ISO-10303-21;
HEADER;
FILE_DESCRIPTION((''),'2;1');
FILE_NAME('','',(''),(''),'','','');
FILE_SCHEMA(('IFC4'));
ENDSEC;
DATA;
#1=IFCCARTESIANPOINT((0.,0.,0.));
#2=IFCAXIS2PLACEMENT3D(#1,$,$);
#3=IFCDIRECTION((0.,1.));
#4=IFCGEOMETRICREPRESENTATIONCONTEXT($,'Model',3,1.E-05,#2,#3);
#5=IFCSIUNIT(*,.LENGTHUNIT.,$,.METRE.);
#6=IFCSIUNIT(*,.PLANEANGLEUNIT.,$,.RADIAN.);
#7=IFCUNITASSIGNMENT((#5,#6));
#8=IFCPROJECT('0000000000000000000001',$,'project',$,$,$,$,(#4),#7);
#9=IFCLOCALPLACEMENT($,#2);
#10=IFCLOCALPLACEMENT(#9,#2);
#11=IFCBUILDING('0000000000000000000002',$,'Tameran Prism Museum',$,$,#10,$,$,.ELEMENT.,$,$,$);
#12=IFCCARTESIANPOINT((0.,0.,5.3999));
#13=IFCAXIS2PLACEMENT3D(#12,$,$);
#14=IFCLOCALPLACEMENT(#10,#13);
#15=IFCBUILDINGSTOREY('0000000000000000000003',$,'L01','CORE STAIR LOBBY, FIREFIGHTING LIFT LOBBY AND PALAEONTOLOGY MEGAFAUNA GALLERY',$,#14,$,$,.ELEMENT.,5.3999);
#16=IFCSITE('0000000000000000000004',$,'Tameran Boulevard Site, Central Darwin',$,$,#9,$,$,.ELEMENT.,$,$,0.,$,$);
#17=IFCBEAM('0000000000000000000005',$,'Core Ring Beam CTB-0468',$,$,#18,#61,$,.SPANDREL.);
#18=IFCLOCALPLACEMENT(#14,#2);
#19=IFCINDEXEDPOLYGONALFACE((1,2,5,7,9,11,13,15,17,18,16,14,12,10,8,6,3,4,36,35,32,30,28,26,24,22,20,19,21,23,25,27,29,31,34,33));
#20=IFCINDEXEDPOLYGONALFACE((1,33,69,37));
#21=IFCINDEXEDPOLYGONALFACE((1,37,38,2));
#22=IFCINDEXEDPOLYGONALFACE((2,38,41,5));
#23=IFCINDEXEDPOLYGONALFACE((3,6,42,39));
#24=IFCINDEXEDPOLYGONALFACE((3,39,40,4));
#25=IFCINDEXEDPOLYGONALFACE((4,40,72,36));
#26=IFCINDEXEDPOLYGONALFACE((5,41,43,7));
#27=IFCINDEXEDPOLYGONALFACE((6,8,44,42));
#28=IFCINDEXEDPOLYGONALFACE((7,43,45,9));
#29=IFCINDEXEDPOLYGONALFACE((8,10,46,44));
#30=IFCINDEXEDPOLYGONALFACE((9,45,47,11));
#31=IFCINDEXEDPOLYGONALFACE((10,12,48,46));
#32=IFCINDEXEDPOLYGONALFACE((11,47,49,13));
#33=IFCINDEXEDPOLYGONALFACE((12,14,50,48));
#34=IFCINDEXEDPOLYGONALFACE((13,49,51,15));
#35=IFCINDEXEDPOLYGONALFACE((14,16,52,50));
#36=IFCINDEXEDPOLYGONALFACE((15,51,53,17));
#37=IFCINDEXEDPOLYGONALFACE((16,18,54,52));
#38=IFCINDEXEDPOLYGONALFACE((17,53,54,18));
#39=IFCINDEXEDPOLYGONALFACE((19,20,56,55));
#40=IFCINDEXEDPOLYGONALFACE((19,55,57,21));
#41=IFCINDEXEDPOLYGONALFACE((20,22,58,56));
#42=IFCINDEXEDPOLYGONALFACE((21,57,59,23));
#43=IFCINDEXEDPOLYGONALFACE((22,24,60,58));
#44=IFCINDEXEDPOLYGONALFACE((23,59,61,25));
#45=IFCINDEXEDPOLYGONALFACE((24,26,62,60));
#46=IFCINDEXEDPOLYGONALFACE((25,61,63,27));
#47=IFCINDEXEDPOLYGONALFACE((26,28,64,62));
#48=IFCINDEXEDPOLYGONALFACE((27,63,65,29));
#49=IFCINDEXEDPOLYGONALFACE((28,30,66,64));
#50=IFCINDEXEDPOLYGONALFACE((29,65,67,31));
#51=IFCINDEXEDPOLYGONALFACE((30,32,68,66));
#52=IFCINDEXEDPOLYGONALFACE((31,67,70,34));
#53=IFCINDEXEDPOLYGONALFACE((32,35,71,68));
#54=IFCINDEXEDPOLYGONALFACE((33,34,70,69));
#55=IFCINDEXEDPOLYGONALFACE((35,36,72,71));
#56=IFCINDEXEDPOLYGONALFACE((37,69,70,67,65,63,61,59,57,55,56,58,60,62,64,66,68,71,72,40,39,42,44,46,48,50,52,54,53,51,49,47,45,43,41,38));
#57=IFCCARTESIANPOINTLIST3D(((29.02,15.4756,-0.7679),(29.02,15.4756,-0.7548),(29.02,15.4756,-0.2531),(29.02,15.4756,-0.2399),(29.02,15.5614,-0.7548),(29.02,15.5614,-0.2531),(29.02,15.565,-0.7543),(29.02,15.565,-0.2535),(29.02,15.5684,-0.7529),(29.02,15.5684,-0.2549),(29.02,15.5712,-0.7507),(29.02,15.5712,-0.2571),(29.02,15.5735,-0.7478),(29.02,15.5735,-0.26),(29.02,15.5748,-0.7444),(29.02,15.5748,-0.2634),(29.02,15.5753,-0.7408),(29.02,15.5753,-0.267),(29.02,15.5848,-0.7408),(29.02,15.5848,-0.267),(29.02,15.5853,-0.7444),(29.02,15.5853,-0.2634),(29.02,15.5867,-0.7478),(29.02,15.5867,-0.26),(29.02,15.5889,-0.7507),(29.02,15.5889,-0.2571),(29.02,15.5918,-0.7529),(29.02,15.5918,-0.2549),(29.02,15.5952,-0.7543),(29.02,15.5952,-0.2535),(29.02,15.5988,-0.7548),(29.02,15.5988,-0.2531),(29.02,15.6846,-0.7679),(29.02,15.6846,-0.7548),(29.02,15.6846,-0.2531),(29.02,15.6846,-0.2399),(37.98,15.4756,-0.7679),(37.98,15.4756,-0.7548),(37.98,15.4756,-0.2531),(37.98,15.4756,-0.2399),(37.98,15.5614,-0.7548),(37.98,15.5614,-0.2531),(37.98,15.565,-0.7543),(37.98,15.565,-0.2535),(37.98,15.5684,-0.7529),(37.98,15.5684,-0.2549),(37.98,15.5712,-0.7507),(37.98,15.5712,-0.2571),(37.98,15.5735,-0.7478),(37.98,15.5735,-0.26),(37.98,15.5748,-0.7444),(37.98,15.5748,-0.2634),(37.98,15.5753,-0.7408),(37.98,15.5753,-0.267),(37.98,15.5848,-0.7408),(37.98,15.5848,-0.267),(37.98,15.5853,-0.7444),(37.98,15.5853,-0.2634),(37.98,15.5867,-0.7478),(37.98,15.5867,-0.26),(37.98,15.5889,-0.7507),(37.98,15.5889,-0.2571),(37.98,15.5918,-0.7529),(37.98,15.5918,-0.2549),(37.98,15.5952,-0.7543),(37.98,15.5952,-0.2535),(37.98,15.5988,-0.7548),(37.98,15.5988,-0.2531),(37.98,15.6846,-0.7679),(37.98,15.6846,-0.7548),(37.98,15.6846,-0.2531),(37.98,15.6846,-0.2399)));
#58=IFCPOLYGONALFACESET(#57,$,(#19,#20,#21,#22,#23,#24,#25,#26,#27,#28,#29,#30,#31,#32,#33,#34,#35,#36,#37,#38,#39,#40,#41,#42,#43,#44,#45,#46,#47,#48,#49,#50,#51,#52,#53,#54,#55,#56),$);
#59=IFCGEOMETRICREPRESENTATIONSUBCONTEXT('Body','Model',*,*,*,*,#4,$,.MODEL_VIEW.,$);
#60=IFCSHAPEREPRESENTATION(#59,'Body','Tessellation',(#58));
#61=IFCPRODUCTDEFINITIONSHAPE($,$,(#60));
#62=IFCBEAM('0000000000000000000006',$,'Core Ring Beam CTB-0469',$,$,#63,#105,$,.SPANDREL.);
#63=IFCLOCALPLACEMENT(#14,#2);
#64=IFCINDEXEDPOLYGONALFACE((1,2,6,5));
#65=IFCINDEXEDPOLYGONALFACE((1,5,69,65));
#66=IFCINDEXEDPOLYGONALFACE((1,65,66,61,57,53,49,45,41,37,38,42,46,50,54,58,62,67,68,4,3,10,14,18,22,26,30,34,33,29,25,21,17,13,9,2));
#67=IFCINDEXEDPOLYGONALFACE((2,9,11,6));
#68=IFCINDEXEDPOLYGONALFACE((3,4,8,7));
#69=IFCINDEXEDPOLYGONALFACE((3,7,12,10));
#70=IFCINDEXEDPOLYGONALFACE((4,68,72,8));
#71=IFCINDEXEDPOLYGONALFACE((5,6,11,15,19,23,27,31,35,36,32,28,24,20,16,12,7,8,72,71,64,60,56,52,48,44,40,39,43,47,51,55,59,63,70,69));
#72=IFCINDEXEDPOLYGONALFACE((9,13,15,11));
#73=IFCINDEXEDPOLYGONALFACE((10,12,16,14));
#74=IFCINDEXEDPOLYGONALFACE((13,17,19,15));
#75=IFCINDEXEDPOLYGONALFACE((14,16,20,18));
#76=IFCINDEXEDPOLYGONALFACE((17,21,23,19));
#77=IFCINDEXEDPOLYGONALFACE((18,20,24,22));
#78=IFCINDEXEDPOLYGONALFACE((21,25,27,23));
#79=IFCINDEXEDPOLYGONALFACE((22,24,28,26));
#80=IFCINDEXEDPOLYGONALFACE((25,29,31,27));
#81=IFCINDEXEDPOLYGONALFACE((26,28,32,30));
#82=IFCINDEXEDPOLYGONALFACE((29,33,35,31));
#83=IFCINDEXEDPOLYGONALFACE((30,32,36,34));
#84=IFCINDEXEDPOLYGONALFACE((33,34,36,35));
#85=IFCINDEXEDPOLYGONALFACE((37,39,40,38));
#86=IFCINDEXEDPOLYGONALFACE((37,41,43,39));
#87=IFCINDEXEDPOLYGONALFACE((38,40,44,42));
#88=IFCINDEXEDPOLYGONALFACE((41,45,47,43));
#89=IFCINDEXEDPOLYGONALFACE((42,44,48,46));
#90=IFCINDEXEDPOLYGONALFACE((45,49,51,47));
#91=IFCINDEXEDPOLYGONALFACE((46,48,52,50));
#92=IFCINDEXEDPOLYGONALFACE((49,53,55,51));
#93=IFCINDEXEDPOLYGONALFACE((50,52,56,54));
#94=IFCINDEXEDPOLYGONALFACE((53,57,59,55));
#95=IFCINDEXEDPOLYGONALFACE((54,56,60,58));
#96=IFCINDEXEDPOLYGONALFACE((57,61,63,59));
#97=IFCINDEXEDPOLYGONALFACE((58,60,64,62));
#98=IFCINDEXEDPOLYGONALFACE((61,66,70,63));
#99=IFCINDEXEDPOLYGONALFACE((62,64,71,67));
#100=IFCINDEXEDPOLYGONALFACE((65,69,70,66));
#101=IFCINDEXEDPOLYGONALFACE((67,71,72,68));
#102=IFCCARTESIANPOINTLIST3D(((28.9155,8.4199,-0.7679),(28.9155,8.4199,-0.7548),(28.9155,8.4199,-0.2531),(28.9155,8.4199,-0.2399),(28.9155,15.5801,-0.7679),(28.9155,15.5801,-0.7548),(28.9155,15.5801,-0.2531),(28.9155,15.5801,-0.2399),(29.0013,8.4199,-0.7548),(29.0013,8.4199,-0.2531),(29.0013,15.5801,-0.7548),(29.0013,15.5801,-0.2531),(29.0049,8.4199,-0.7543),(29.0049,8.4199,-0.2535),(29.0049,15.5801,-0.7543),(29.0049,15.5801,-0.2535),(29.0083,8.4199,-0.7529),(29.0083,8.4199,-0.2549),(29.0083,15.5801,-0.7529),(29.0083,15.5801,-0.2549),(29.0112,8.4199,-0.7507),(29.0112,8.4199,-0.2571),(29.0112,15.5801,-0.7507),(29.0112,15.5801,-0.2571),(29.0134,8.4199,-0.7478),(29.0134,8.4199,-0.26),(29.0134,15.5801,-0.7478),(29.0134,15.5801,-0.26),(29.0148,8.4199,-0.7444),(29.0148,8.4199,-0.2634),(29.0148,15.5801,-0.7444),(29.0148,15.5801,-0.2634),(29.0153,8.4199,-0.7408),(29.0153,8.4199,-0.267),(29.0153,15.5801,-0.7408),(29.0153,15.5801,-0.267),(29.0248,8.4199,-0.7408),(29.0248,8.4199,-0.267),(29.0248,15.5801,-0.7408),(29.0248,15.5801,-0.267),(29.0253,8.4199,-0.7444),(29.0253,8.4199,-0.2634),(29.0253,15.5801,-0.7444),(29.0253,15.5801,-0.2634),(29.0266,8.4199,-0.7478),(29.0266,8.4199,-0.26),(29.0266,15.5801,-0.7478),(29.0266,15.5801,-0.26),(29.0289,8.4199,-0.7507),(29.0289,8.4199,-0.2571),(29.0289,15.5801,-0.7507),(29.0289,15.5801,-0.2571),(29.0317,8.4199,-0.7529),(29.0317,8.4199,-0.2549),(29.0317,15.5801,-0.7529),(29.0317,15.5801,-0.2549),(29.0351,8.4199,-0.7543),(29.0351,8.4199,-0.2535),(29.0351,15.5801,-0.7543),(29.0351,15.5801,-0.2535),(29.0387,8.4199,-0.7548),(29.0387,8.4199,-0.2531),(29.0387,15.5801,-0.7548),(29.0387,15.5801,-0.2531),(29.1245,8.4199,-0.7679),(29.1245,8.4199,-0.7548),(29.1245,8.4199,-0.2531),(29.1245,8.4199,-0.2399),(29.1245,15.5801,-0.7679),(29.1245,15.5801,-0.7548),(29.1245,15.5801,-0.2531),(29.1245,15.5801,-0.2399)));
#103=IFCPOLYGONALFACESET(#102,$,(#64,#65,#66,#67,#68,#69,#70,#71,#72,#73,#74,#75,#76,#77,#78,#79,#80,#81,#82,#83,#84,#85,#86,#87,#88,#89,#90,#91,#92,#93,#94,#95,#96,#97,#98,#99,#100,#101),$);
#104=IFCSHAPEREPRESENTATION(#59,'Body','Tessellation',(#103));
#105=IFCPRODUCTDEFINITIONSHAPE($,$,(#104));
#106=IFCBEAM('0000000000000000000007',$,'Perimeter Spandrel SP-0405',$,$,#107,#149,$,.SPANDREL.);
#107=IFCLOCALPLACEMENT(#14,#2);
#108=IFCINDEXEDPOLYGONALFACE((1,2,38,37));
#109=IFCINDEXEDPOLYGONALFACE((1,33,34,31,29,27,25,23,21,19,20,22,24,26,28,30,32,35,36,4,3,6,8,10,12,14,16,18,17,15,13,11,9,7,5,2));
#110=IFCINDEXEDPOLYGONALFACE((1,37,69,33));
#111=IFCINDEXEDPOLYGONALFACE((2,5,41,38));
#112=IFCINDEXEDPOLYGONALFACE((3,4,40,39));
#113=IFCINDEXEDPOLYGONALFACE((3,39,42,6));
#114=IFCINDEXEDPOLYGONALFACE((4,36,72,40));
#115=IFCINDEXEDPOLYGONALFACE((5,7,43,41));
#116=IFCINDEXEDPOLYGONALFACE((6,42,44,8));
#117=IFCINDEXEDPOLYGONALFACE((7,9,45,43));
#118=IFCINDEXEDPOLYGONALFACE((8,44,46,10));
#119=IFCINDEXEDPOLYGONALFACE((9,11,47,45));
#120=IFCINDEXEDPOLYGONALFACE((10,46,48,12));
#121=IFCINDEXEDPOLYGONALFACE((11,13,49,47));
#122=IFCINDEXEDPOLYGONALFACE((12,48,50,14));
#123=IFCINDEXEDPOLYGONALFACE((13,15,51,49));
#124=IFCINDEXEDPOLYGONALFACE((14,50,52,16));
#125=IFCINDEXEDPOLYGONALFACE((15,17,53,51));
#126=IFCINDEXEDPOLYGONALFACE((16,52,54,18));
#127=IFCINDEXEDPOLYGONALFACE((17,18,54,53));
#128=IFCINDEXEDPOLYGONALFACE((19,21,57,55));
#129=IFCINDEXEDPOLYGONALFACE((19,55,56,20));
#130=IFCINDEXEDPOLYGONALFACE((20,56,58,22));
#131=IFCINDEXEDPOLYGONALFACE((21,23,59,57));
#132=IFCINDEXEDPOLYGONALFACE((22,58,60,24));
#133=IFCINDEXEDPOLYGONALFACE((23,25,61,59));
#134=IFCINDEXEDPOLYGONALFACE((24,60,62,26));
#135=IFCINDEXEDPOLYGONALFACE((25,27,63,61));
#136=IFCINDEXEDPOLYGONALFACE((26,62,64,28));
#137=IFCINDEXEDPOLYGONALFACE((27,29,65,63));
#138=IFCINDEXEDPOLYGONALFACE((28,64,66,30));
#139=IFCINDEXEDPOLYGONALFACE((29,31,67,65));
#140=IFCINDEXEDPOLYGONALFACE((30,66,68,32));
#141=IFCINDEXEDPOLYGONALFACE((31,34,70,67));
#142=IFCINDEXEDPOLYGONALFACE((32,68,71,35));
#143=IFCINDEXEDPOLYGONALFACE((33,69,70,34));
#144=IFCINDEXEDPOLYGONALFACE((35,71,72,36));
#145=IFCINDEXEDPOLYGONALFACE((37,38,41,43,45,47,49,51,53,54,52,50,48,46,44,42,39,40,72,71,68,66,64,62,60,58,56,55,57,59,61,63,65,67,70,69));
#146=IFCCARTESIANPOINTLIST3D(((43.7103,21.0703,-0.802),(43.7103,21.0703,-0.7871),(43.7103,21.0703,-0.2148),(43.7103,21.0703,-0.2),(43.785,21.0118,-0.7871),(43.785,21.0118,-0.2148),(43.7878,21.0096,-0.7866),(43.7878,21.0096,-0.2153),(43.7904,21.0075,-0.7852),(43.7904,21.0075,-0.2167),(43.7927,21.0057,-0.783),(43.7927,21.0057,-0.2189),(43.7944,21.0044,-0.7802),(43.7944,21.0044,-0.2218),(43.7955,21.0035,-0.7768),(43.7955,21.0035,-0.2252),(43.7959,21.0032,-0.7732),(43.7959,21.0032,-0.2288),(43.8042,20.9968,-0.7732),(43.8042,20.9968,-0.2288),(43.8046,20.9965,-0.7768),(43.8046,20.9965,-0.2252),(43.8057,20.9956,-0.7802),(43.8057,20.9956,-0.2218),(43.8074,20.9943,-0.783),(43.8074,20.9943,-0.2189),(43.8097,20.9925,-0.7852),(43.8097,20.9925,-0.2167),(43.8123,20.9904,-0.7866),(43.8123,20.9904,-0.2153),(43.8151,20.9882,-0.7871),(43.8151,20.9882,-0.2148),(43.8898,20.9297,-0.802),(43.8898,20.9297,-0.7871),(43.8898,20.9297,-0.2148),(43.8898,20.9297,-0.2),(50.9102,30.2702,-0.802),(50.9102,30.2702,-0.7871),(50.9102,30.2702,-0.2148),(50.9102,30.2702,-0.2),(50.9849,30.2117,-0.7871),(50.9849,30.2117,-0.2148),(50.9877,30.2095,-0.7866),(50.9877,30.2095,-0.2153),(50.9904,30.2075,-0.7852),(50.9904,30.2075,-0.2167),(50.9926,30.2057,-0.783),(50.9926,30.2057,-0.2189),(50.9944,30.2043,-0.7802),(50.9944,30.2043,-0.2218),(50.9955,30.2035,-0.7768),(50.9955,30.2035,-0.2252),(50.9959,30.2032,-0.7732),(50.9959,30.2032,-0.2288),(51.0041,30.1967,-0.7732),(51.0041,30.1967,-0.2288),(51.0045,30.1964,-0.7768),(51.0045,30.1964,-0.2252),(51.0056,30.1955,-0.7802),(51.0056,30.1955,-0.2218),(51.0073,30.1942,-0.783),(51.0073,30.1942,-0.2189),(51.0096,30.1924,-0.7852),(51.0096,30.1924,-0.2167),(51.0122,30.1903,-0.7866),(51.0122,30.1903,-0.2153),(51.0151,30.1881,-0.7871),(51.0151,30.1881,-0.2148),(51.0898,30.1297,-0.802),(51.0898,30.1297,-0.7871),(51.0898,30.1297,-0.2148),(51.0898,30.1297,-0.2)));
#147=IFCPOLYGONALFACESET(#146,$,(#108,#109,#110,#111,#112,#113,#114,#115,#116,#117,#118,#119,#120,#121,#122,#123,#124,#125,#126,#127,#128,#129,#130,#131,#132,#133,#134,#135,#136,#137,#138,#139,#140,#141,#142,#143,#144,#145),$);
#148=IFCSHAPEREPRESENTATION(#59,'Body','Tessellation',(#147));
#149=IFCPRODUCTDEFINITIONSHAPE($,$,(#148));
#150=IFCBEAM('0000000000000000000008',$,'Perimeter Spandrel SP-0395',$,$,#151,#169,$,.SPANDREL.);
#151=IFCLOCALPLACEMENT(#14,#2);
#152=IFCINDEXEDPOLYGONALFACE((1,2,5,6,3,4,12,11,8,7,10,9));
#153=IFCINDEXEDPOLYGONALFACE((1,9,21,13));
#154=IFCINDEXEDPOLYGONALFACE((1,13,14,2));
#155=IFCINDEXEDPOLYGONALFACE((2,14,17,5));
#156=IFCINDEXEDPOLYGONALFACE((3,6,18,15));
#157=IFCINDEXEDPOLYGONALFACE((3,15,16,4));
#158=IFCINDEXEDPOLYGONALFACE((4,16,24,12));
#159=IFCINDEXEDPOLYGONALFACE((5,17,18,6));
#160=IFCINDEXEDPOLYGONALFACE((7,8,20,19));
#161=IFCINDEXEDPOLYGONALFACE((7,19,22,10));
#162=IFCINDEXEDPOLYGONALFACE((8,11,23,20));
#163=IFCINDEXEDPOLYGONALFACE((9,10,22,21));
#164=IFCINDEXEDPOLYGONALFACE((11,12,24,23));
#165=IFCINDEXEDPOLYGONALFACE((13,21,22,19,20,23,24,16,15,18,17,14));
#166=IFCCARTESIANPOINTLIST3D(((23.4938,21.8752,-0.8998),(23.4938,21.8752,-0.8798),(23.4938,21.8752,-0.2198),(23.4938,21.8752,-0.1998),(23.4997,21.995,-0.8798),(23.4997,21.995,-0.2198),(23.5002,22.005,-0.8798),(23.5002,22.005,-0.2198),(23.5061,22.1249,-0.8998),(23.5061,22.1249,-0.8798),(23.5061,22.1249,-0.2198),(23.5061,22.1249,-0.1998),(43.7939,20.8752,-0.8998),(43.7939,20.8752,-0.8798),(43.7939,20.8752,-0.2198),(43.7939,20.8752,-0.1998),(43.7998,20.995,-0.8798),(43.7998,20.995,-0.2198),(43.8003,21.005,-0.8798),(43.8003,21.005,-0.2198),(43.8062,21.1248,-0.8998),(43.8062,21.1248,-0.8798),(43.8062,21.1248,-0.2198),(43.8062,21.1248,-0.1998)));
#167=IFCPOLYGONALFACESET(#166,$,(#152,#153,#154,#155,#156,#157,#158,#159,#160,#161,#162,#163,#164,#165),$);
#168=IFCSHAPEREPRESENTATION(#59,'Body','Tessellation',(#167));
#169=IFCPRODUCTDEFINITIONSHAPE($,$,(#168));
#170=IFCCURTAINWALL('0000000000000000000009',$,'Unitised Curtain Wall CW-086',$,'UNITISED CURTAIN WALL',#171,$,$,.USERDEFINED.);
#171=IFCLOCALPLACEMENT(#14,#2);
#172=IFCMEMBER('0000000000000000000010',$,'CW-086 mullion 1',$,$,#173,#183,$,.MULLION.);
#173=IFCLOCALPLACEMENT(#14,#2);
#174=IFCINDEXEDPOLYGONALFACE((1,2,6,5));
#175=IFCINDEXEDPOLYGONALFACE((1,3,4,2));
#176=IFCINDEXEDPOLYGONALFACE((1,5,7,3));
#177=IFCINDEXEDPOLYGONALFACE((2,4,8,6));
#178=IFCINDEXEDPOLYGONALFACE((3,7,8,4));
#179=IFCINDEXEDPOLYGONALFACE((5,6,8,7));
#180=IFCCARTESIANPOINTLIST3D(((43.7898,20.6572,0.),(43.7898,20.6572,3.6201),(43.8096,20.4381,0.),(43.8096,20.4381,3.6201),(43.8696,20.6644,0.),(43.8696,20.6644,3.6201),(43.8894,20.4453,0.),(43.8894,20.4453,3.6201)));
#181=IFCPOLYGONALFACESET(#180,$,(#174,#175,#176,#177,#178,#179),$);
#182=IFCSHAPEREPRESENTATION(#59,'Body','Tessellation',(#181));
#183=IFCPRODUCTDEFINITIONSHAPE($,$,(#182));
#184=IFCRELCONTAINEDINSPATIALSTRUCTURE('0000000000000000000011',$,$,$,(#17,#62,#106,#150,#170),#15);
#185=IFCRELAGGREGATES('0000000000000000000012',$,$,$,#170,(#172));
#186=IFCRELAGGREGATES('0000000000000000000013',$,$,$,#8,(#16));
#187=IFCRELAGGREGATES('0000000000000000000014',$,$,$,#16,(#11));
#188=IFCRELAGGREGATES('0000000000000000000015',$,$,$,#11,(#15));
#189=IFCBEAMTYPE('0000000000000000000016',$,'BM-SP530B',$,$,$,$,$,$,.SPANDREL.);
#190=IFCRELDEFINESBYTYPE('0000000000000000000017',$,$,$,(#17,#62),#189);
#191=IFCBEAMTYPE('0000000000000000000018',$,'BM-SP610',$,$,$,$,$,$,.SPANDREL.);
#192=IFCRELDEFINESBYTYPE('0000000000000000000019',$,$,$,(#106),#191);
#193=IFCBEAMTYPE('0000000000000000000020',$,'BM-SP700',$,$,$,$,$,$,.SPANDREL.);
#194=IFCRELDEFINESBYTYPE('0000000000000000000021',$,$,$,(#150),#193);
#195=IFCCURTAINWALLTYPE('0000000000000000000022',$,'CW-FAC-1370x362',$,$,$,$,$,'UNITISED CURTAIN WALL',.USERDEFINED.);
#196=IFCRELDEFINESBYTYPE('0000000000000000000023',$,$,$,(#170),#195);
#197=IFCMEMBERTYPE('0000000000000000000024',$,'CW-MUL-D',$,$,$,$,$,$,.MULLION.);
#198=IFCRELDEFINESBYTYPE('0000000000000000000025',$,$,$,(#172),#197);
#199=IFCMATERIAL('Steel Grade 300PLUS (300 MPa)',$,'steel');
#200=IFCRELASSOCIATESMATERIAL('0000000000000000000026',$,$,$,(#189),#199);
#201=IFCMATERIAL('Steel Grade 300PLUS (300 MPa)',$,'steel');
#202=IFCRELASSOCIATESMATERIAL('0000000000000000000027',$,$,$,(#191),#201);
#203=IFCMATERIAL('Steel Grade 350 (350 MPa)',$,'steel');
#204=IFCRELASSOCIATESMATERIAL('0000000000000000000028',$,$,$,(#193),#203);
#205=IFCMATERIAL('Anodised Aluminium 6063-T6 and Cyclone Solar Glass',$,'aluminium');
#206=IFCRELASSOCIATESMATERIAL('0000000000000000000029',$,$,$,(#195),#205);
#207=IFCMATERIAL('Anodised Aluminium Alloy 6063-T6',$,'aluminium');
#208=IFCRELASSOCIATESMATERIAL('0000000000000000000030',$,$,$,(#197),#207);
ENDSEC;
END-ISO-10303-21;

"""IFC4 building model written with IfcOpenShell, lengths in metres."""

from ifc_helpers import new_model, si_unit, direction, frame, origin, origin_2d, place, context, subcontext, project, spatial, rectangle, i_section, extrude, material, material_profile, profile_set, type_object, element, aggregate, save


model = new_model("IFC4")

# Units and contexts
model_context = context("Model", 3, precision=1e-05, world=origin(), true_north=direction((0.0, 1.0)))
body_context = subcontext(model_context, "Body", "Model", "MODEL_VIEW")
ifc_project = project(units=[si_unit("LENGTHUNIT", "METRE"), si_unit("PLANEANGLEUNIT", "RADIAN")], contexts=[model_context])

# Site, building, storey
site_placement = place(None, origin())
site = spatial("IfcSite", under=ifc_project, at=site_placement, Name="Tameran Boulevard Site, Central Darwin", CompositionType="ELEMENT", RefElevation=0.0)
building_placement = place(site_placement, origin())
building = spatial("IfcBuilding", under=site, at=building_placement, Name="Tameran Prism Museum", CompositionType="ELEMENT")
storey_placement = place(building_placement, frame((0.0, 0.0, 5.3999)))
storey = spatial("IfcBuildingStorey", under=building, at=storey_placement, Name="L01", Description="CORE STAIR LOBBY, FIREFIGHTING LIFT LOBBY AND PALAEONTOLOGY MEGAFAUNA GALLERY", CompositionType="ELEMENT", Elevation=5.3999)

# Beams
ifc_material_1 = material(Name="Steel Grade 300PLUS (300 MPa)", Category="steel")
ifc_material_profile_1 = material_profile(ifc_material_1, i_section(OverallWidth=0.209, OverallDepth=0.5281, WebThickness=0.0095, FlangeThickness=0.0132, FilletRadius=0.0139, at=origin_2d()))
ifc_profile_set_1 = profile_set([ifc_material_profile_1])
beam_type_1 = type_object("IfcBeamType", Name="BM-SP530B", PredefinedType="SPANDREL", material=ifc_profile_set_1)
beam_1_placement = place(storey_placement, frame((37.98, 15.5801, -0.5039), z_axis=(-1.0, 0.0, 0.0), x_axis=(0.0, -1.0, 0.0)))
element("IfcBeam", 1, at=beam_1_placement, inside=storey, type_object=beam_type_1, Name="Core Ring Beam CTB-0468", PredefinedType="SPANDREL", context=body_context, shape_type="SweptSolid", body=[
    extrude(i_section(OverallWidth=0.209, OverallDepth=0.5281, WebThickness=0.0095, FlangeThickness=0.0132, FilletRadius=0.0139, at=origin_2d()), origin(), (0.0, 0.0, 1.0), 8.96),
])
beam_2_placement = place(storey_placement, frame((29.02, 15.5801, -0.5039), z_axis=(0.0, -1.0, 0.0), x_axis=(1.0, 0.0, 0.0)))
element("IfcBeam", 2, at=beam_2_placement, inside=storey, type_object=beam_type_1, Name="Core Ring Beam CTB-0469", PredefinedType="SPANDREL", context=body_context, shape_type="SweptSolid", body=[
    extrude(i_section(OverallWidth=0.209, OverallDepth=0.5281, WebThickness=0.0095, FlangeThickness=0.0132, FilletRadius=0.0139, at=origin_2d()), origin(), (0.0, 0.0, 1.0), 7.1602),
])
ifc_material_2 = material(Name="Steel Grade 300PLUS (300 MPa)", Category="steel")
ifc_material_profile_2 = material_profile(ifc_material_2, i_section(OverallWidth=0.228, OverallDepth=0.6021, WebThickness=0.0105, FlangeThickness=0.0149, FilletRadius=0.0139, at=origin_2d()))
ifc_profile_set_2 = profile_set([ifc_material_profile_2])
beam_type_2 = type_object("IfcBeamType", Name="BM-SP610", PredefinedType="SPANDREL", material=ifc_profile_set_2)
beam_3_placement = place(storey_placement, frame((43.8, 21.0, -0.501), z_axis=(0.616308, 0.787505, 0.0), x_axis=(-0.787505, 0.616308, 0.0)))
element("IfcBeam", 3, at=beam_3_placement, inside=storey, type_object=beam_type_2, Name="Perimeter Spandrel SP-0405", PredefinedType="SPANDREL", context=body_context, shape_type="SweptSolid", body=[
    extrude(i_section(OverallWidth=0.228, OverallDepth=0.6021, WebThickness=0.0105, FlangeThickness=0.0149, FilletRadius=0.0139, at=origin_2d()), origin(), (0.0, 0.0, 1.0), 11.6824),
])
ifc_material_3 = material(Name="Steel Grade 350 (350 MPa)", Category="steel")
ifc_material_profile_3 = material_profile(ifc_material_3, i_section(OverallWidth=0.25, OverallDepth=0.7, WebThickness=0.01, FlangeThickness=0.02, at=origin_2d()))
ifc_profile_set_3 = profile_set([ifc_material_profile_3])
beam_type_3 = type_object("IfcBeamType", Name="BM-SP700", PredefinedType="SPANDREL", material=ifc_profile_set_3)
beam_4_placement = place(storey_placement, frame((43.8, 21.0, -0.5498), z_axis=(-0.998789, 0.049201, 0.0), x_axis=(-0.049201, -0.998789, 0.0)))
element("IfcBeam", 4, at=beam_4_placement, inside=storey, type_object=beam_type_3, Name="Perimeter Spandrel SP-0395", PredefinedType="SPANDREL", context=body_context, shape_type="SweptSolid", body=[
    extrude(i_section(OverallWidth=0.25, OverallDepth=0.7, WebThickness=0.01, FlangeThickness=0.02, at=origin_2d()), origin(), (0.0, 0.0, 1.0), 20.3247),
])

# Curtain wall, member
ifc_material_4 = material(Name="Anodised Aluminium 6063-T6 and Cyclone Solar Glass", Category="aluminium")
curtain_wall_type = type_object("IfcCurtainWallType", Name="CW-FAC-1370x362", ElementType="UNITISED CURTAIN WALL", PredefinedType="USERDEFINED", material=ifc_material_4)
curtain_wall_placement = place(storey_placement, origin())
curtain_wall = element("IfcCurtainWall", 5, at=curtain_wall_placement, inside=storey, type_object=curtain_wall_type, Name="Unitised Curtain Wall CW-086", ObjectType="UNITISED CURTAIN WALL", PredefinedType="USERDEFINED")
ifc_material_5 = material(Name="Anodised Aluminium Alloy 6063-T6", Category="aluminium")
ifc_material_profile_4 = material_profile(ifc_material_5, rectangle(XDim=0.0801, YDim=0.22, at=origin_2d()))
ifc_profile_set_4 = profile_set([ifc_material_profile_4])
member_type_1 = type_object("IfcMemberType", Name="CW-MUL-D", PredefinedType="MULLION", material=ifc_profile_set_4)
member_1_placement = place(storey_placement, frame((43.8396, 20.5513, 0.0), z_axis=(0.0, 0.0, 1.0), x_axis=(0.99594, 0.090016, 0.0)))
member_1 = element("IfcMember", 6, at=member_1_placement, type_object=member_type_1, Name="CW-086 mullion 1", PredefinedType="MULLION", context=body_context, shape_type="SweptSolid", body=[
    extrude(rectangle(XDim=0.0801, YDim=0.22, at=origin_2d()), origin(), (0.0, 0.0, 1.0), 3.6201),
])
aggregate(curtain_wall, [member_1])

save(model, "model.ifc")
